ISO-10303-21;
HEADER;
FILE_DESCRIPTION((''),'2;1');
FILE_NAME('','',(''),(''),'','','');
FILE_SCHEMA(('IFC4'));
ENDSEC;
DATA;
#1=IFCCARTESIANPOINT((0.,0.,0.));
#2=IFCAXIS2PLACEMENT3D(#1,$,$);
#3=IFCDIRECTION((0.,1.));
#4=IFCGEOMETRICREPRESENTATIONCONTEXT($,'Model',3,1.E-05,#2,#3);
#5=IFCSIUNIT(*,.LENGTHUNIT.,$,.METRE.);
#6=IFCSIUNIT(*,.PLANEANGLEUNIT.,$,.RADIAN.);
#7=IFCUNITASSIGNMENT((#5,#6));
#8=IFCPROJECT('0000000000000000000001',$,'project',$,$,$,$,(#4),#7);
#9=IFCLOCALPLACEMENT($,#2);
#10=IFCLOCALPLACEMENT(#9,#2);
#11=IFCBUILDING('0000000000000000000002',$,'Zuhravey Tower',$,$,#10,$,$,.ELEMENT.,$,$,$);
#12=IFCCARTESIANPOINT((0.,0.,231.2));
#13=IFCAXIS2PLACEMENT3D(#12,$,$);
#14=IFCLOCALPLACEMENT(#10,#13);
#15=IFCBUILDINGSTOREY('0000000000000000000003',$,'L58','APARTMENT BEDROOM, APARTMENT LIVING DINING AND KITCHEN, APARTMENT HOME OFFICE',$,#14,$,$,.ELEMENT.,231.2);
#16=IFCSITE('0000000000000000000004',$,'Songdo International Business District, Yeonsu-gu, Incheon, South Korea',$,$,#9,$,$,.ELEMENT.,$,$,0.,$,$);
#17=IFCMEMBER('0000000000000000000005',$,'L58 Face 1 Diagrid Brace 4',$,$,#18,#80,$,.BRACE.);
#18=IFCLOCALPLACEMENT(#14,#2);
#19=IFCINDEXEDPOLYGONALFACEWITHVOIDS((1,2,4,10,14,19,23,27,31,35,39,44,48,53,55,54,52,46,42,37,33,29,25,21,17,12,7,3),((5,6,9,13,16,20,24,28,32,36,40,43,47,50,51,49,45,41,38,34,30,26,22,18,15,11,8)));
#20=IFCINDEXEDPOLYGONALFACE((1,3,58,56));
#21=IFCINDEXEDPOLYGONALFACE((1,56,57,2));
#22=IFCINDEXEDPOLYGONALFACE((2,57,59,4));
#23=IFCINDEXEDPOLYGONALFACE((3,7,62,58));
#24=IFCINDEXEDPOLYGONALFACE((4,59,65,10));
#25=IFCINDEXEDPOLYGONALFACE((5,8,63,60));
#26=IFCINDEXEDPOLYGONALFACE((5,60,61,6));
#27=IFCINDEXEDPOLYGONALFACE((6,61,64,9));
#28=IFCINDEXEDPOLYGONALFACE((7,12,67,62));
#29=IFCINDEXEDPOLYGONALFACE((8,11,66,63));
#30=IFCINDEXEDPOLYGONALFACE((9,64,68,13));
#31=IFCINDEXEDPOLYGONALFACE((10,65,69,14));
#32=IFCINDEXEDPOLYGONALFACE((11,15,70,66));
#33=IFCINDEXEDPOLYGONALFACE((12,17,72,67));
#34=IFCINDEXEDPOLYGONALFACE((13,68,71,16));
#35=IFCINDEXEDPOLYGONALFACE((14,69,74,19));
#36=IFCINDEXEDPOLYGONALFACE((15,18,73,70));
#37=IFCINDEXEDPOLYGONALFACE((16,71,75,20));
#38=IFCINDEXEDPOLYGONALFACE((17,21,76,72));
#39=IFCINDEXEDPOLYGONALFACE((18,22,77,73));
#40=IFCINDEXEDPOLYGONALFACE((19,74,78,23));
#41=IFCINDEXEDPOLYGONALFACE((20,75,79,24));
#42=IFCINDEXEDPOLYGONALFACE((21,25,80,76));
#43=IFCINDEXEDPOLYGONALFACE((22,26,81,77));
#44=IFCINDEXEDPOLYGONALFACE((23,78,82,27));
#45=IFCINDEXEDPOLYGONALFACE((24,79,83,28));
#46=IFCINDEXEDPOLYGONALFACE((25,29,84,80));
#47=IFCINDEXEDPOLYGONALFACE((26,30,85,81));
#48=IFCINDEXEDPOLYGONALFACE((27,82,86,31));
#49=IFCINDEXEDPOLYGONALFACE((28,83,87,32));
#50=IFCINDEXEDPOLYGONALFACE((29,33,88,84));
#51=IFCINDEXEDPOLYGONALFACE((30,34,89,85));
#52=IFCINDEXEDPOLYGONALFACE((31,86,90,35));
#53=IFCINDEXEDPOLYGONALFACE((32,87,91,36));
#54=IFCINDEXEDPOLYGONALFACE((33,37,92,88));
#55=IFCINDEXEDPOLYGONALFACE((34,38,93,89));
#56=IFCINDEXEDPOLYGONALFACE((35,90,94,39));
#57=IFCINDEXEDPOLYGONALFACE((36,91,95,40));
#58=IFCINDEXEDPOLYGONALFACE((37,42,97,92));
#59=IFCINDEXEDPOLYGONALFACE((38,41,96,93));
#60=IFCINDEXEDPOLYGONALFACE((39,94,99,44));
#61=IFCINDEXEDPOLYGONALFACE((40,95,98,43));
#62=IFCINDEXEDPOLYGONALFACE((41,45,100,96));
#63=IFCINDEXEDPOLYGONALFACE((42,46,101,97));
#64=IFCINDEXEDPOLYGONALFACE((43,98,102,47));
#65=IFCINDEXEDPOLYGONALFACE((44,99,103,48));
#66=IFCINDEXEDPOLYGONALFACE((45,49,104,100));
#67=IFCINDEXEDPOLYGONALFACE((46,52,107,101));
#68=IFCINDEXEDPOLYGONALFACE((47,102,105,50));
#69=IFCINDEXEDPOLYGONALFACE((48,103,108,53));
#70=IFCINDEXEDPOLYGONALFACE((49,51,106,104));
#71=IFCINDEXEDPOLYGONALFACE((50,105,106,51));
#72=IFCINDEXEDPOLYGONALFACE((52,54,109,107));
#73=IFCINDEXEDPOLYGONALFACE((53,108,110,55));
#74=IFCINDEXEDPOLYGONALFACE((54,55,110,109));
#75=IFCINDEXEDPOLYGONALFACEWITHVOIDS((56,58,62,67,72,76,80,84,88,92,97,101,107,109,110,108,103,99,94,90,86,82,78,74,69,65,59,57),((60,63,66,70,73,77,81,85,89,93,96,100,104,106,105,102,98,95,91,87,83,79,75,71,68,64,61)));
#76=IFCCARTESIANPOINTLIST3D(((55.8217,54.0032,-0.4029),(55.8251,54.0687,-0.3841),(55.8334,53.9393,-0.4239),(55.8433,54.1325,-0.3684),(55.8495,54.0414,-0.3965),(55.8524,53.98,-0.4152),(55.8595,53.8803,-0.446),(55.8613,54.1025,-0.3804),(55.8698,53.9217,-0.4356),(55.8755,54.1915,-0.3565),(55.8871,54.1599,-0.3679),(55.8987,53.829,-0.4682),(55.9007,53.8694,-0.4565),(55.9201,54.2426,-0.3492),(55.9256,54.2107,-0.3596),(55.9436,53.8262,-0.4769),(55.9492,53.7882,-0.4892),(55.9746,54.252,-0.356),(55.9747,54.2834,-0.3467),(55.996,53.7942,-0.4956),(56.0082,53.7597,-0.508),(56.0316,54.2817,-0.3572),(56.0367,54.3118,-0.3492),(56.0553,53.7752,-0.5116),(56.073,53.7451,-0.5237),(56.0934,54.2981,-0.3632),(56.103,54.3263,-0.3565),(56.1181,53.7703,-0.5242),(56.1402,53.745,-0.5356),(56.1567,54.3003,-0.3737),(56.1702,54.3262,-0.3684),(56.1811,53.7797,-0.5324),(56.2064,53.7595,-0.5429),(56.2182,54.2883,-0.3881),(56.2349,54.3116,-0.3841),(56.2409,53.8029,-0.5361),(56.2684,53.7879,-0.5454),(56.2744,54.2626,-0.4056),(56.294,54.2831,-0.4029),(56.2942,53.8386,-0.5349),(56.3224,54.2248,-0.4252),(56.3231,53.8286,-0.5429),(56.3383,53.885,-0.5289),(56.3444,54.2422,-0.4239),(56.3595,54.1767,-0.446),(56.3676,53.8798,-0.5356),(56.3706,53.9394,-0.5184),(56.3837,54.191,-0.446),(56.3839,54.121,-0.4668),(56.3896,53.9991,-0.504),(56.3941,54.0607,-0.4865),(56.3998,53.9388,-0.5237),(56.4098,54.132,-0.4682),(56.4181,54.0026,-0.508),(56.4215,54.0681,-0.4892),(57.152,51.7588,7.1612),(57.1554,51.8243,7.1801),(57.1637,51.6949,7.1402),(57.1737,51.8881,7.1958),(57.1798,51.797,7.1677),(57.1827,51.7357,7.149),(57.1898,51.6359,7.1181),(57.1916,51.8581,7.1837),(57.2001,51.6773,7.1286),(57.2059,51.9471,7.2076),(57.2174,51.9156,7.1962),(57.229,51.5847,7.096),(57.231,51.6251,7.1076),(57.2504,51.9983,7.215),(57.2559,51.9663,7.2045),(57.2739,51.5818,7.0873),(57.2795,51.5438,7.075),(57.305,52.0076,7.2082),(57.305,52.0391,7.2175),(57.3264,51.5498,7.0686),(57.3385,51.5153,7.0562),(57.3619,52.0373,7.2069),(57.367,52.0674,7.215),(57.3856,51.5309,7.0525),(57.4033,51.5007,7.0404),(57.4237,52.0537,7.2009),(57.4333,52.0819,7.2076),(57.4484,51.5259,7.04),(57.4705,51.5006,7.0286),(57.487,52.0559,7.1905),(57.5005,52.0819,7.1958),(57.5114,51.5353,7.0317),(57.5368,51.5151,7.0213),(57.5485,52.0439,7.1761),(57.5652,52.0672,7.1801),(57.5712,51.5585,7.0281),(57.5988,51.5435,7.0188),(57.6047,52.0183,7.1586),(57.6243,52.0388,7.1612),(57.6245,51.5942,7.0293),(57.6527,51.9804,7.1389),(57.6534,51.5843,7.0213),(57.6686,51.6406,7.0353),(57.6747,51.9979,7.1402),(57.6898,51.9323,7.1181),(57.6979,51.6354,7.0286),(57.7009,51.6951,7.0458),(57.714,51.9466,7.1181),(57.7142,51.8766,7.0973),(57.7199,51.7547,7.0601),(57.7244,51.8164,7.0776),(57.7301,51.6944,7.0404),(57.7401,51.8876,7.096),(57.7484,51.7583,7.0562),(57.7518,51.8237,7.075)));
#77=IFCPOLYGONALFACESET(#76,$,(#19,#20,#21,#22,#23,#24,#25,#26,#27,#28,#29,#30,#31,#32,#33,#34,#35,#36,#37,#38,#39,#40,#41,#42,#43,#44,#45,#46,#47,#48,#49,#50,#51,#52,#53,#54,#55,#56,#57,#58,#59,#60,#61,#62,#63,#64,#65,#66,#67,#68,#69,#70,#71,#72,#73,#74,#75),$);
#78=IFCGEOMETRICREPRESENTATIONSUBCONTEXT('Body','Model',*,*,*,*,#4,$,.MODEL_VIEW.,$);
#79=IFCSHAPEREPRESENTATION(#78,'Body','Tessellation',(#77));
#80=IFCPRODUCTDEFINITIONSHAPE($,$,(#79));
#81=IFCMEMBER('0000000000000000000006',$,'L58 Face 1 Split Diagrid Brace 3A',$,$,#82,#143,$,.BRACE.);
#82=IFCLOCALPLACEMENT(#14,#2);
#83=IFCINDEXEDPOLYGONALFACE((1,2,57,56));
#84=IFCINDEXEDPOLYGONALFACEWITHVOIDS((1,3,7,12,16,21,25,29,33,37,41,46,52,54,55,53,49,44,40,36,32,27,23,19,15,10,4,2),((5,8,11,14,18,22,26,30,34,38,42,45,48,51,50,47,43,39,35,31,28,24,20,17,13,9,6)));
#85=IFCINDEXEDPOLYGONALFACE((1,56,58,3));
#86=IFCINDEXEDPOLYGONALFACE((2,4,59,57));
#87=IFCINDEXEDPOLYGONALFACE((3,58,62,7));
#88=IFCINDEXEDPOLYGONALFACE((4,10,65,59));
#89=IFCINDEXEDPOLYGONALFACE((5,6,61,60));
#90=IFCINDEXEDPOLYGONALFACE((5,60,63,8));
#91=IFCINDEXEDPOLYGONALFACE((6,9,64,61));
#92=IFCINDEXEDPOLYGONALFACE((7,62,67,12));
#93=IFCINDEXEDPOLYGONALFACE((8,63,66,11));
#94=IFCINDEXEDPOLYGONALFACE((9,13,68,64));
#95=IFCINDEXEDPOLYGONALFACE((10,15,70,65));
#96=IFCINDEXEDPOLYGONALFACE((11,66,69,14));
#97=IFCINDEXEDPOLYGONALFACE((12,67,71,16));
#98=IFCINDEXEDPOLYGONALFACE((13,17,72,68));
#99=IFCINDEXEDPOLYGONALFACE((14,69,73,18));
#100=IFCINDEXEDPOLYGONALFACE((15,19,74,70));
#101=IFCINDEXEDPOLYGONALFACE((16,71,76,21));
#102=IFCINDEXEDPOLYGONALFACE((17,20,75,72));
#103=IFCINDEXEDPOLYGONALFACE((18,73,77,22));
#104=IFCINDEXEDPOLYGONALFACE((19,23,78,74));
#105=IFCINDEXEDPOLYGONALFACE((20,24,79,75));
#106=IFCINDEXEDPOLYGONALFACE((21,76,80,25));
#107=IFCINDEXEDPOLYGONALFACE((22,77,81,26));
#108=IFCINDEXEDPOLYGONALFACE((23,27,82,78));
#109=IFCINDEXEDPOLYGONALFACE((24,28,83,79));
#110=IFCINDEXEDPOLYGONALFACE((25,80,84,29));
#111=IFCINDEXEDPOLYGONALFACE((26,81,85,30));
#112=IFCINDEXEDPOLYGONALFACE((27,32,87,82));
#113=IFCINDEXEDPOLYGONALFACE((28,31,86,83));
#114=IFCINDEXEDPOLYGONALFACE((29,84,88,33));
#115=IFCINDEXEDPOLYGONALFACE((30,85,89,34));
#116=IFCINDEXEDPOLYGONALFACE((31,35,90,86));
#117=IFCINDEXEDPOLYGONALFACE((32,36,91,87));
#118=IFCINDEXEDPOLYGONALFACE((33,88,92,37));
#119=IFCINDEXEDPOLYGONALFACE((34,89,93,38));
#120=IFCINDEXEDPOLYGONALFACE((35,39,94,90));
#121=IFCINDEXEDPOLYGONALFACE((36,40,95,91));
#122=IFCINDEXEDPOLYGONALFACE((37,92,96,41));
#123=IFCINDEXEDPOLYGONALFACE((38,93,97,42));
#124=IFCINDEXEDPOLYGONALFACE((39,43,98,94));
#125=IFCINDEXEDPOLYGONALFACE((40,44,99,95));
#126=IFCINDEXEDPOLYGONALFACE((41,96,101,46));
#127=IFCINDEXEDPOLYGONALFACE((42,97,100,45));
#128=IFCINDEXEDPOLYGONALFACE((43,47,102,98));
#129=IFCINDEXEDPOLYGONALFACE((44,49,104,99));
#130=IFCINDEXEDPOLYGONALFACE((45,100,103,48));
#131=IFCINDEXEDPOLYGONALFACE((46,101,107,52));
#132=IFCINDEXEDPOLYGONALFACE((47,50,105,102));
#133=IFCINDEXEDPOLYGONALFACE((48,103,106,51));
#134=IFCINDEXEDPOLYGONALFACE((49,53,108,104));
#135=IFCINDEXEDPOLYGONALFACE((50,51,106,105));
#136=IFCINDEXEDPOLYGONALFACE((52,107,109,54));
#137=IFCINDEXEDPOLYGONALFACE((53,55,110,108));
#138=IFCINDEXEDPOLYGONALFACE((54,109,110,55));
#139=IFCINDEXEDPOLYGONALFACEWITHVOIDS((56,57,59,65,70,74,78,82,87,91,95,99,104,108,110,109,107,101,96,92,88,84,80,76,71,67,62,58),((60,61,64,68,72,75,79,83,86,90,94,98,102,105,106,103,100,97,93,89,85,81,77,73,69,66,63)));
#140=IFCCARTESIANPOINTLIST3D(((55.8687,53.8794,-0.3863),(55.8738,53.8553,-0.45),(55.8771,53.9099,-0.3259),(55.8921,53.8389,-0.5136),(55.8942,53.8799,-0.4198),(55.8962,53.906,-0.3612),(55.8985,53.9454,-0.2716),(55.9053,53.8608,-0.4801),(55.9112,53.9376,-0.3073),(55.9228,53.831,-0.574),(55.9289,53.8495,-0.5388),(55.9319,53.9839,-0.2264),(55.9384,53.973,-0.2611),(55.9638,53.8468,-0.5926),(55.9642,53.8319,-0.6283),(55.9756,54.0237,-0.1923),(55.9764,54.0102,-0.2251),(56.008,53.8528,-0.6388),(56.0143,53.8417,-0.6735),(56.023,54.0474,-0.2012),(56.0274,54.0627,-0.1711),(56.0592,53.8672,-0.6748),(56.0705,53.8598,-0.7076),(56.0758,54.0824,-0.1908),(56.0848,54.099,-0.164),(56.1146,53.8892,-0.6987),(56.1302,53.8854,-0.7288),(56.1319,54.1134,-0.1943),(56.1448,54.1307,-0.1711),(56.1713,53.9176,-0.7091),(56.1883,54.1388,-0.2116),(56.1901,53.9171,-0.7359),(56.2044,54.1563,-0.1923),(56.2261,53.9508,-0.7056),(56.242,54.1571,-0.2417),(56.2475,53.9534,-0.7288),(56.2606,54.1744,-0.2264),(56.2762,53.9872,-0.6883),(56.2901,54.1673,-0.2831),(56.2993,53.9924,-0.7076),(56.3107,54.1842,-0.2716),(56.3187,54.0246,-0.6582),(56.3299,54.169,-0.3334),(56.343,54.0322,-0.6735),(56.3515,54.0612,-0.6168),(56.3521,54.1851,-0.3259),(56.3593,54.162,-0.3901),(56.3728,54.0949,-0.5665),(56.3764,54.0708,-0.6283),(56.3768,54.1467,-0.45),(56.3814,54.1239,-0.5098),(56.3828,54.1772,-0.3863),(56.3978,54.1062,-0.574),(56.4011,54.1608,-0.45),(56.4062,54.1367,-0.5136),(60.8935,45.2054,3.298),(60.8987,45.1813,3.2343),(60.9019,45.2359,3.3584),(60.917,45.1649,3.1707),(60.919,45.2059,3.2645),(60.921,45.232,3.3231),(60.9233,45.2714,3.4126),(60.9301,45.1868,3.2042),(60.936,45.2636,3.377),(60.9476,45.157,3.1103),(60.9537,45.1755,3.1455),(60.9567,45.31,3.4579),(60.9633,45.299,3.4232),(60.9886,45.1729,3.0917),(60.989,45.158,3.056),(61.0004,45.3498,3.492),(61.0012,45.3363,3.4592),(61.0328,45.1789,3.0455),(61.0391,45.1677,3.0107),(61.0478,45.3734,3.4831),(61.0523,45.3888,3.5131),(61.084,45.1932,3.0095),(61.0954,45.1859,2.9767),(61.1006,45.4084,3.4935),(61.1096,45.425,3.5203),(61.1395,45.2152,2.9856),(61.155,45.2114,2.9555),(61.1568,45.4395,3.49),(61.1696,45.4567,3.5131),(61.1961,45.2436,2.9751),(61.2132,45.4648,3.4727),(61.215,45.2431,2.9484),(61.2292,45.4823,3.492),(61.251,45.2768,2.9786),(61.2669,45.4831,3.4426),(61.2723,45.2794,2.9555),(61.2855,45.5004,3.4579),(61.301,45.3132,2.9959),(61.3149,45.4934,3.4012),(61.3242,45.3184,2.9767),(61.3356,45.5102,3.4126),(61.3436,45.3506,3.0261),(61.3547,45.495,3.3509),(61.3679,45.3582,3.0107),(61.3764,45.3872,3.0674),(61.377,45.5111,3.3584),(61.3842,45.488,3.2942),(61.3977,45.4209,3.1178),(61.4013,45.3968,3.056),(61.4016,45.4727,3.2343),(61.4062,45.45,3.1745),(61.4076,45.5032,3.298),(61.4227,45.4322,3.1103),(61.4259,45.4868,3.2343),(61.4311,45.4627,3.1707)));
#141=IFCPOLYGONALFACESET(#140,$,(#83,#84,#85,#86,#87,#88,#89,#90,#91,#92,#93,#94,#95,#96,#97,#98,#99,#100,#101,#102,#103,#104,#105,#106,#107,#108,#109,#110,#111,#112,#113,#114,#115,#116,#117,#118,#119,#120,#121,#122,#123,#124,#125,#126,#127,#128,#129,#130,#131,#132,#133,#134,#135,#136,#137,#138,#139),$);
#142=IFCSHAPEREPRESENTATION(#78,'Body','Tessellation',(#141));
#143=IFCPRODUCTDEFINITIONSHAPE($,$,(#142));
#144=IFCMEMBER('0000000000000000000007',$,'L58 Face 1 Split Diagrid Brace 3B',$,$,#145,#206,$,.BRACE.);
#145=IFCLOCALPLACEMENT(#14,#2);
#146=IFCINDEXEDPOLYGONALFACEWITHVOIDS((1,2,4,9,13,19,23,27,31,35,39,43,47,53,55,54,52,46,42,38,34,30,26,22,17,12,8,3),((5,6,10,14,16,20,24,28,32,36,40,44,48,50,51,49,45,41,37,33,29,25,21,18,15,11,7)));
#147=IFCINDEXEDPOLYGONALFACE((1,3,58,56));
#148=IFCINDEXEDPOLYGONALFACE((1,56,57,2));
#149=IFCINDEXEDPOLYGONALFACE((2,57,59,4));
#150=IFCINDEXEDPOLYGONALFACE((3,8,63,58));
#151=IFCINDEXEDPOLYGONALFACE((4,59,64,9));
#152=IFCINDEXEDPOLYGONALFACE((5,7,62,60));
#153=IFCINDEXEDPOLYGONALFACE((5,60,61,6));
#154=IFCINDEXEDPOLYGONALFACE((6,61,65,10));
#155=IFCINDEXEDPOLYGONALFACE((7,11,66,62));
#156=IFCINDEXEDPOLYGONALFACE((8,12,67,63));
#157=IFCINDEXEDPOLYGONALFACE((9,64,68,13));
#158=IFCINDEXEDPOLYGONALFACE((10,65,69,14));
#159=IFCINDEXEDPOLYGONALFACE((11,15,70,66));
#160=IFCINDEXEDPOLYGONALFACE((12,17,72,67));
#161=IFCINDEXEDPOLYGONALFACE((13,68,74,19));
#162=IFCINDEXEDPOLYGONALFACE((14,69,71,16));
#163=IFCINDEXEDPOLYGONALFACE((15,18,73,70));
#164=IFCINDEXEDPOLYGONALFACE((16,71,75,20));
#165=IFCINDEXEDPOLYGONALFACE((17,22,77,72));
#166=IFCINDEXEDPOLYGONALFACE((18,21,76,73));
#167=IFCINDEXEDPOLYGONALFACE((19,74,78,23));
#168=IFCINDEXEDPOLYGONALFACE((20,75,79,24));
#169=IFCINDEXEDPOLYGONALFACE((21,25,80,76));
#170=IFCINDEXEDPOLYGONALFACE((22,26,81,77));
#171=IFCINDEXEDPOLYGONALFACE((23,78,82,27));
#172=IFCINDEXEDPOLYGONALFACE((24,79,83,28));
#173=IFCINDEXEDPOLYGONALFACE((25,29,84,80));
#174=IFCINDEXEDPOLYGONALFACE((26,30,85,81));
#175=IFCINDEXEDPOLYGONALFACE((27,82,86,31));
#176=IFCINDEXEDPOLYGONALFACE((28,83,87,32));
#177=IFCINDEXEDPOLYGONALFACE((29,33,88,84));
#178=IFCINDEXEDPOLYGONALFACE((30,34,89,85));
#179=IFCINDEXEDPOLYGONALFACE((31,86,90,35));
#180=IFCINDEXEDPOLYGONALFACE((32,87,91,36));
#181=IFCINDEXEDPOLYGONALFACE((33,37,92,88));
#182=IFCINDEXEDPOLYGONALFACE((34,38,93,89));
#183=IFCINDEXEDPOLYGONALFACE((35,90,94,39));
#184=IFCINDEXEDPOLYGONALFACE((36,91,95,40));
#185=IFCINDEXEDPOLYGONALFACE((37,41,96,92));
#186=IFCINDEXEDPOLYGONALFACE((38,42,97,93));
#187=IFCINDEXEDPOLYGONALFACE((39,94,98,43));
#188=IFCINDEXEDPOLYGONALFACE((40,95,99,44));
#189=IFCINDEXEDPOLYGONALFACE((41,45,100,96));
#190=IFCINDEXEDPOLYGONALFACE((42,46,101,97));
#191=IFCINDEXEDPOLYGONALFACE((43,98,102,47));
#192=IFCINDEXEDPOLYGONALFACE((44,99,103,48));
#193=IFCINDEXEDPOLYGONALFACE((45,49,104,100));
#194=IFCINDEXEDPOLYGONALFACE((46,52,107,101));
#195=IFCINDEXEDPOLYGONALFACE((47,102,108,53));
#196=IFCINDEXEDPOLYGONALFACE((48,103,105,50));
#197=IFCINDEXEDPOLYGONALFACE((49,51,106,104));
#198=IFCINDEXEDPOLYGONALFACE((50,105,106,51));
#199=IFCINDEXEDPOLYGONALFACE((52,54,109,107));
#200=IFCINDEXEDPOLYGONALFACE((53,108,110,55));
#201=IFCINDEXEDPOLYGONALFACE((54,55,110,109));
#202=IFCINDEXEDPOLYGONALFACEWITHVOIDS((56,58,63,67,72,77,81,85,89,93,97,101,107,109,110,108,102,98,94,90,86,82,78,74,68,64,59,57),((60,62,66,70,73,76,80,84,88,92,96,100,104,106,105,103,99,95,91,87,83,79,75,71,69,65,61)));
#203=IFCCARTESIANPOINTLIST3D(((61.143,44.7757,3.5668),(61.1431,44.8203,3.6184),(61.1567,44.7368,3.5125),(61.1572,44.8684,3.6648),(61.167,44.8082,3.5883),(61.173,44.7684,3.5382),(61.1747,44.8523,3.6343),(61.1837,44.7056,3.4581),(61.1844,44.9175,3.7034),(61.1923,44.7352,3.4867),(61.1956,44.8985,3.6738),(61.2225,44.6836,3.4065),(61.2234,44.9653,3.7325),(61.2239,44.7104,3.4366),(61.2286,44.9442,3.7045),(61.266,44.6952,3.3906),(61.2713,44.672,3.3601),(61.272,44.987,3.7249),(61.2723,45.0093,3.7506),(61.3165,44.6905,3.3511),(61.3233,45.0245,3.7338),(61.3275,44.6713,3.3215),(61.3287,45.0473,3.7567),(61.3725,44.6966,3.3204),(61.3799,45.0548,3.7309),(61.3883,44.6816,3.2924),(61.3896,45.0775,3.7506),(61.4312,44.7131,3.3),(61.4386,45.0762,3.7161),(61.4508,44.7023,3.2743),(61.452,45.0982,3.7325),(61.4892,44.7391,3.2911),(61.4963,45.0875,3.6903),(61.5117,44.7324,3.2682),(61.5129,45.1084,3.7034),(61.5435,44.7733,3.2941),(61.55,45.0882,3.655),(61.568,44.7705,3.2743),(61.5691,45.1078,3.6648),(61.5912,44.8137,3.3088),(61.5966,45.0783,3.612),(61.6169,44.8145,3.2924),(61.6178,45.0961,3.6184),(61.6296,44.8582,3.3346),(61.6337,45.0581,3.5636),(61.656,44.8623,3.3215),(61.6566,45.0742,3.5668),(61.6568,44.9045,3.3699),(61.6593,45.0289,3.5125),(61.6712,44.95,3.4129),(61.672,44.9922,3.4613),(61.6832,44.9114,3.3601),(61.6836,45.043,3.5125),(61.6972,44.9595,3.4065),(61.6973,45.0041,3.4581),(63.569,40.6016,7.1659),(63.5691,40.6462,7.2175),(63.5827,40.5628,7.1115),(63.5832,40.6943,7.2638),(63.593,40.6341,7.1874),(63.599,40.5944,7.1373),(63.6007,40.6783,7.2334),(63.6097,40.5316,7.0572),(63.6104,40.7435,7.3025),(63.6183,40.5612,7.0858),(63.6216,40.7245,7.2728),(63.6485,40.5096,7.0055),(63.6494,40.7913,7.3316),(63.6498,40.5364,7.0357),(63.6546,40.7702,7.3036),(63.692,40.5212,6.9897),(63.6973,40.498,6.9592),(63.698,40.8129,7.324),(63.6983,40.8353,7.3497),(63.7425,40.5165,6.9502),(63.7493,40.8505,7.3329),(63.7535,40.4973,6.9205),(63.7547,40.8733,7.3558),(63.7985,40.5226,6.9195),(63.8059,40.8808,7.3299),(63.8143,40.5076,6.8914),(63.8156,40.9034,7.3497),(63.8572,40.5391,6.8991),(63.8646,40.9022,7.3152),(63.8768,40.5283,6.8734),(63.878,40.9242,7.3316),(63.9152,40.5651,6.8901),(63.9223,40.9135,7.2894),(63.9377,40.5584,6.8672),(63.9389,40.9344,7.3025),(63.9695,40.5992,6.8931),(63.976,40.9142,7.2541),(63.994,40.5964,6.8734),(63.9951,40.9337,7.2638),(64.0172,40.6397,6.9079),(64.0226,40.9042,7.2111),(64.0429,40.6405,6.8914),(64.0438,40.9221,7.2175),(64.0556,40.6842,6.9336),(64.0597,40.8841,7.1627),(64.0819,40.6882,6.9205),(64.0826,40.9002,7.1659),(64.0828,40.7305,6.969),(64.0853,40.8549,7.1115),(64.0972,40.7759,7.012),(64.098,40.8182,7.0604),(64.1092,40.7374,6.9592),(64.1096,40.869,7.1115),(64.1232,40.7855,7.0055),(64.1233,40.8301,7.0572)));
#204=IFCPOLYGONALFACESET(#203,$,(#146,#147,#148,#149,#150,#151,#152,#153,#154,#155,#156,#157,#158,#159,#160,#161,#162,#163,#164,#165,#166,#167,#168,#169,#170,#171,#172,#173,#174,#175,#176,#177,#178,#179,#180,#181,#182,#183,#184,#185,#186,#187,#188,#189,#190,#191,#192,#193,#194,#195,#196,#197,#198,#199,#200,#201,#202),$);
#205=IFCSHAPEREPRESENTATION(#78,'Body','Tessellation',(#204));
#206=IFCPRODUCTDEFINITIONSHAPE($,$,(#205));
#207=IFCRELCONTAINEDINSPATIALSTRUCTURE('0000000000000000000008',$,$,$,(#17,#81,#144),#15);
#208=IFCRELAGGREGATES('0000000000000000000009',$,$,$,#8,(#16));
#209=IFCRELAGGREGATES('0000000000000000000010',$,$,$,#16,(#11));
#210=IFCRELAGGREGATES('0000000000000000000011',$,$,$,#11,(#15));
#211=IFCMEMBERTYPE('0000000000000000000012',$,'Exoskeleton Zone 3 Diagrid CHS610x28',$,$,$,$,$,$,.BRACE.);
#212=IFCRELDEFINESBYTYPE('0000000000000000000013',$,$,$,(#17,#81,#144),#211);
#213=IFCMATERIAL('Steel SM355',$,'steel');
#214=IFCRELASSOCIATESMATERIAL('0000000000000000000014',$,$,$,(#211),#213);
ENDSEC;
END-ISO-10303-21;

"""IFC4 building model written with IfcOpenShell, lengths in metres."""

from ifc_helpers import new_model, si_unit, direction, frame, origin, origin_2d, place, context, subcontext, project, spatial, hollow_circle, extrude, material, material_profile, profile_set, type_object, element, save


model = new_model("IFC4")

# Units and contexts
model_context = context("Model", 3, precision=1e-05, world=origin(), true_north=direction((0.0, 1.0)))
body_context = subcontext(model_context, "Body", "Model", "MODEL_VIEW")
ifc_project = project(units=[si_unit("LENGTHUNIT", "METRE"), si_unit("PLANEANGLEUNIT", "RADIAN")], contexts=[model_context])

# Site, building, storey
site_placement = place(None, origin())
site = spatial("IfcSite", under=ifc_project, at=site_placement, Name="Songdo International Business District, Yeonsu-gu, Incheon, South Korea", CompositionType="ELEMENT", RefElevation=0.0)
building_placement = place(site_placement, origin())
building = spatial("IfcBuilding", under=site, at=building_placement, Name="Zuhravey Tower", CompositionType="ELEMENT")
storey_placement = place(building_placement, frame((0.0, 0.0, 231.2)))
storey = spatial("IfcBuildingStorey", under=building, at=storey_placement, Name="L58", Description="APARTMENT BEDROOM, APARTMENT LIVING DINING AND KITCHEN, APARTMENT HOME OFFICE", CompositionType="ELEMENT", Elevation=231.2)

# Members
ifc_material_1 = material(Name="Steel SM355", Category="steel")
ifc_material_profile_1 = material_profile(ifc_material_1, hollow_circle(Radius=0.3047, WallThickness=0.0281, at=origin_2d()), Name="CHS-609.6x28")
ifc_profile_set_1 = profile_set([ifc_material_profile_1], Name="Steel SM355")
member_type_1 = type_object("IfcMemberType", Name="Exoskeleton Zone 3 Diagrid CHS610x28", PredefinedType="BRACE", material=ifc_profile_set_1)
member_1_placement = place(storey_placement, frame((56.1216, 54.0356, -0.446), z_axis=(0.166259, -0.280495, 0.945347), x_axis=(0.860238, 0.509892, 0.0)))
element("IfcMember", 1, at=member_1_placement, inside=storey, type_object=member_type_1, Name="L58 Face 1 Diagrid Brace 4", PredefinedType="BRACE", context=body_context, shape_type="SweptSolid", body=[
    extrude(hollow_circle(Radius=0.3047, WallThickness=0.0281, at=origin_2d()), origin(), (0.0, 0.0, 1.0), 8.0015),
])
member_2_placement = place(storey_placement, frame((56.1375, 54.0081, -0.45), z_axis=(0.470494, -0.812175, 0.344973), x_axis=(0.865293, 0.501266, 0.0)))
element("IfcMember", 2, at=member_2_placement, inside=storey, type_object=member_type_1, Name="L58 Face 1 Split Diagrid Brace 3A", PredefinedType="BRACE", context=body_context, shape_type="SweptSolid", body=[
    extrude(hollow_circle(Radius=0.3047, WallThickness=0.0281, at=origin_2d()), origin(), (0.0, 0.0, 1.0), 10.6799),
])
member_3_placement = place(storey_placement, frame((61.4202, 44.8899, 3.5125), z_axis=(0.402873, -0.69316, 0.597681), x_axis=(0.864576, 0.502503, 0.0)))
element("IfcMember", 3, at=member_3_placement, inside=storey, type_object=member_type_1, Name="L58 Face 1 Split Diagrid Brace 3B", PredefinedType="BRACE", context=body_context, shape_type="SweptSolid", body=[
    extrude(hollow_circle(Radius=0.3047, WallThickness=0.0281, at=origin_2d()), origin(), (0.0, 0.0, 1.0), 6.0217),
])

save(model, "model.ifc")
